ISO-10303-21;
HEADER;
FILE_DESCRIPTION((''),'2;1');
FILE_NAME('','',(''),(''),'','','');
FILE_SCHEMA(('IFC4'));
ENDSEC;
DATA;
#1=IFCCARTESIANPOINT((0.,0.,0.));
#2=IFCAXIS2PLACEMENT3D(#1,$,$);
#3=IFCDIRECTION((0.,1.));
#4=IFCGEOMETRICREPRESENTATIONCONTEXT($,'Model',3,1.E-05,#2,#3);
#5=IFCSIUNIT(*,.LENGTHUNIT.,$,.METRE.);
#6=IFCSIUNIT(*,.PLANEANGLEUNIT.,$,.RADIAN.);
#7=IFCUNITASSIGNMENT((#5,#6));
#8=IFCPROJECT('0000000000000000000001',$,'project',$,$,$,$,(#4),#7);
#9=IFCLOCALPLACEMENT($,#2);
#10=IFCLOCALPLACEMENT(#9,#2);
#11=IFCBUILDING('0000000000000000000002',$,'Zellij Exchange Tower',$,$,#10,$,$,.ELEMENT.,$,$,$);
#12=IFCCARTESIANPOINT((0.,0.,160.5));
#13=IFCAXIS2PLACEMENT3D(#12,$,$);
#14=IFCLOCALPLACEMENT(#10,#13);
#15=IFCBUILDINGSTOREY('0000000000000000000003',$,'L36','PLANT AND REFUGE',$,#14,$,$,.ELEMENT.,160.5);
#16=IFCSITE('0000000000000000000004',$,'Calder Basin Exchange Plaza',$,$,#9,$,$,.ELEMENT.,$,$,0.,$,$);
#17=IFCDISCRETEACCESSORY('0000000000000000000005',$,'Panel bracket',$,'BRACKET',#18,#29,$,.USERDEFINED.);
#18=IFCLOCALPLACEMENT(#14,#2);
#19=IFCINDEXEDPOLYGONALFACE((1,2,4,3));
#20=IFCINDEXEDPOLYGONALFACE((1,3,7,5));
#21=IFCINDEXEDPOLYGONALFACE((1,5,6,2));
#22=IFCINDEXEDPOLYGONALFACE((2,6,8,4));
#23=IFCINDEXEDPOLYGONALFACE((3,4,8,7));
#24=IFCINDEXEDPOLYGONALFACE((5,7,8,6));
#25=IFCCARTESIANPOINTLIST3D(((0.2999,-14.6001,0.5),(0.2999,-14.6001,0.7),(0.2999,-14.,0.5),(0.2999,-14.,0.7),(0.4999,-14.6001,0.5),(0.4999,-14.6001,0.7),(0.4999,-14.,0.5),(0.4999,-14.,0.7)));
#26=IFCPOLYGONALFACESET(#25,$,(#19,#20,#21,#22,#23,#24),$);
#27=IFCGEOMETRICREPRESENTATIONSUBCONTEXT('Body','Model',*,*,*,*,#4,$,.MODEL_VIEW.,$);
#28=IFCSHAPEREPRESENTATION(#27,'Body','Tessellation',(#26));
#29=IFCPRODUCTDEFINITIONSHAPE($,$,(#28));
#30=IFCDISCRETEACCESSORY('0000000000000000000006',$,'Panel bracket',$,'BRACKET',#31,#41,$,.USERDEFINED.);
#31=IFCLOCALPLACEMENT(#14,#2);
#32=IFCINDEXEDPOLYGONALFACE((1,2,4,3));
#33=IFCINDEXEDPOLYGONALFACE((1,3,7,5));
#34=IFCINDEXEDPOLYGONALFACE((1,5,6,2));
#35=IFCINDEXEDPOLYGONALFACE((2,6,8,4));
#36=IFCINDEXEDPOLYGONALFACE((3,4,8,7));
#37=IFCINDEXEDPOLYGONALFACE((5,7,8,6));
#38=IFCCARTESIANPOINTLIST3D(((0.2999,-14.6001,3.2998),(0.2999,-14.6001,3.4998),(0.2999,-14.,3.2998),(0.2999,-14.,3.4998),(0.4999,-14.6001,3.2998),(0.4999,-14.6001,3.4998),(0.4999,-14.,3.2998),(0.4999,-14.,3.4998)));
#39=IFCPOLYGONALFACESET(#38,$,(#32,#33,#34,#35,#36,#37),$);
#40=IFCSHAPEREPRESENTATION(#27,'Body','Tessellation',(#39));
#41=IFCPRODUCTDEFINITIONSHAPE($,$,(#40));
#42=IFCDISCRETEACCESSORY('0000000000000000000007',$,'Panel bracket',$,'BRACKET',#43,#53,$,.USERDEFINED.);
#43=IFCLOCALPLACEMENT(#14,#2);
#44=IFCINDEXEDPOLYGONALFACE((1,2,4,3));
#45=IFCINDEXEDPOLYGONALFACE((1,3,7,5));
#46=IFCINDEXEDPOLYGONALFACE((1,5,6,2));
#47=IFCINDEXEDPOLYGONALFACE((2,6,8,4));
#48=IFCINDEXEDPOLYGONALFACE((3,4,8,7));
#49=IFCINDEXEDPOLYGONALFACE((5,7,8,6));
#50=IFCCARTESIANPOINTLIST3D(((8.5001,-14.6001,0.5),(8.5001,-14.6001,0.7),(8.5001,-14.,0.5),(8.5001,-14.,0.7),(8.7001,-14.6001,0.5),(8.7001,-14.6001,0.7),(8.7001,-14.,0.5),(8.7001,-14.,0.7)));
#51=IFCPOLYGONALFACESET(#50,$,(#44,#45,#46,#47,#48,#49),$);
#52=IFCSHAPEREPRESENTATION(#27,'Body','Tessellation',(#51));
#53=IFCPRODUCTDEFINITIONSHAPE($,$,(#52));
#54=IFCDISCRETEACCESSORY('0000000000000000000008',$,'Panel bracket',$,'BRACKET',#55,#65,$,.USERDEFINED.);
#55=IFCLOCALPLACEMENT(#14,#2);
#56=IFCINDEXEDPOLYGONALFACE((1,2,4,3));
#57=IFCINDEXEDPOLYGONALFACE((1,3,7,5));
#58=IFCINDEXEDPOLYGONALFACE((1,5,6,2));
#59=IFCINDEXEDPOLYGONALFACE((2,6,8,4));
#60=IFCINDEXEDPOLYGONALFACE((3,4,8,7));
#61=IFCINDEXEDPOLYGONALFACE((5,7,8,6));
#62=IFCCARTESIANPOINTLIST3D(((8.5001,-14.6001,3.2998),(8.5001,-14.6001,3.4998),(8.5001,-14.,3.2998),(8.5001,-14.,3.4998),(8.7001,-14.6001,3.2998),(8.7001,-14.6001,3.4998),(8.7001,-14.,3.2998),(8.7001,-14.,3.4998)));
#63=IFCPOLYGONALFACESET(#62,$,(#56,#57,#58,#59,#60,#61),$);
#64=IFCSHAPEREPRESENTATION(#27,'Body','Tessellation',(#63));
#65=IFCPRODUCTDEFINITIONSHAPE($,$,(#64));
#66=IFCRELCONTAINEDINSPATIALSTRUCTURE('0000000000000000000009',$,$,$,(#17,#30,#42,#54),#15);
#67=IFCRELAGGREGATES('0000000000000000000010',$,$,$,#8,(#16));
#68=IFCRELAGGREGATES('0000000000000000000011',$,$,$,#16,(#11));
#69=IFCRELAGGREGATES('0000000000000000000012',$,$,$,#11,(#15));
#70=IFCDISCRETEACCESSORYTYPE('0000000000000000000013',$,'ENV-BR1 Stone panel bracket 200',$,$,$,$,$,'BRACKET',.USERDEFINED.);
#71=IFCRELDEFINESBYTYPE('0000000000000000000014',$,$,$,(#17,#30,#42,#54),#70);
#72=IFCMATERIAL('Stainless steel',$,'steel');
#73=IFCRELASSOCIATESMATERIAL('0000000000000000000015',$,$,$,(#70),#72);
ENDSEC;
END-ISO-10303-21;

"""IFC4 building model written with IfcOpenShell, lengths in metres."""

from ifc_helpers import new_model, si_unit, direction, frame, origin, origin_2d, place, context, subcontext, project, spatial, rectangle, extrude, material, type_object, element, save


model = new_model("IFC4")

# Units and contexts
model_context = context("Model", 3, precision=1e-05, world=origin(), true_north=direction((0.0, 1.0)))
body_context = subcontext(model_context, "Body", "Model", "MODEL_VIEW")
ifc_project = project(units=[si_unit("LENGTHUNIT", "METRE"), si_unit("PLANEANGLEUNIT", "RADIAN")], contexts=[model_context])

# Site, building, storey
site_placement = place(None, origin())
site = spatial("IfcSite", under=ifc_project, at=site_placement, Name="Calder Basin Exchange Plaza", CompositionType="ELEMENT", RefElevation=0.0)
building_placement = place(site_placement, origin())
building = spatial("IfcBuilding", under=site, at=building_placement, Name="Zellij Exchange Tower", CompositionType="ELEMENT")
storey_placement = place(building_placement, frame((0.0, 0.0, 160.5)))
storey = spatial("IfcBuildingStorey", under=building, at=storey_placement, Name="L36", Description="PLANT AND REFUGE", CompositionType="ELEMENT", Elevation=160.5)

# Shared definitions
ifc_material_1 = material(Name="Stainless steel", Category="steel")

# Discrete accessories
discrete_accessory_type = type_object("IfcDiscreteAccessoryType", Name="ENV-BR1 Stone panel bracket 200", ElementType="BRACKET", PredefinedType="USERDEFINED", material=ifc_material_1)
for number, where, z_axis, x_axis, name in (
    (1, (0.3999, -14.3, 0.5), (0.0, 0.0, 1.0), (1.0, 0.0, 0.0), "Panel bracket"),
    (2, (0.3999, -14.3, 3.2998), (0.0, 0.0, 1.0), (1.0, 0.0, 0.0), "Panel bracket"),
    (3, (8.6001, -14.3, 0.5), (0.0, 0.0, 1.0), (1.0, 0.0, 0.0), "Panel bracket"),
    (4, (8.6001, -14.3, 3.2998), (0.0, 0.0, 1.0), (1.0, 0.0, 0.0), "Panel bracket"),
):
    element("IfcDiscreteAccessory", number, at=place(storey_placement, frame(where, z_axis=z_axis, x_axis=x_axis)), inside=storey, type_object=discrete_accessory_type, Name=name, ObjectType="BRACKET", PredefinedType="USERDEFINED", context=body_context, shape_type="SweptSolid", body=[
        extrude(rectangle(XDim=0.2, YDim=0.6001, at=origin_2d()), origin(), (0.0, 0.0, 1.0), 0.2),
    ])

save(model, "model.ifc")
